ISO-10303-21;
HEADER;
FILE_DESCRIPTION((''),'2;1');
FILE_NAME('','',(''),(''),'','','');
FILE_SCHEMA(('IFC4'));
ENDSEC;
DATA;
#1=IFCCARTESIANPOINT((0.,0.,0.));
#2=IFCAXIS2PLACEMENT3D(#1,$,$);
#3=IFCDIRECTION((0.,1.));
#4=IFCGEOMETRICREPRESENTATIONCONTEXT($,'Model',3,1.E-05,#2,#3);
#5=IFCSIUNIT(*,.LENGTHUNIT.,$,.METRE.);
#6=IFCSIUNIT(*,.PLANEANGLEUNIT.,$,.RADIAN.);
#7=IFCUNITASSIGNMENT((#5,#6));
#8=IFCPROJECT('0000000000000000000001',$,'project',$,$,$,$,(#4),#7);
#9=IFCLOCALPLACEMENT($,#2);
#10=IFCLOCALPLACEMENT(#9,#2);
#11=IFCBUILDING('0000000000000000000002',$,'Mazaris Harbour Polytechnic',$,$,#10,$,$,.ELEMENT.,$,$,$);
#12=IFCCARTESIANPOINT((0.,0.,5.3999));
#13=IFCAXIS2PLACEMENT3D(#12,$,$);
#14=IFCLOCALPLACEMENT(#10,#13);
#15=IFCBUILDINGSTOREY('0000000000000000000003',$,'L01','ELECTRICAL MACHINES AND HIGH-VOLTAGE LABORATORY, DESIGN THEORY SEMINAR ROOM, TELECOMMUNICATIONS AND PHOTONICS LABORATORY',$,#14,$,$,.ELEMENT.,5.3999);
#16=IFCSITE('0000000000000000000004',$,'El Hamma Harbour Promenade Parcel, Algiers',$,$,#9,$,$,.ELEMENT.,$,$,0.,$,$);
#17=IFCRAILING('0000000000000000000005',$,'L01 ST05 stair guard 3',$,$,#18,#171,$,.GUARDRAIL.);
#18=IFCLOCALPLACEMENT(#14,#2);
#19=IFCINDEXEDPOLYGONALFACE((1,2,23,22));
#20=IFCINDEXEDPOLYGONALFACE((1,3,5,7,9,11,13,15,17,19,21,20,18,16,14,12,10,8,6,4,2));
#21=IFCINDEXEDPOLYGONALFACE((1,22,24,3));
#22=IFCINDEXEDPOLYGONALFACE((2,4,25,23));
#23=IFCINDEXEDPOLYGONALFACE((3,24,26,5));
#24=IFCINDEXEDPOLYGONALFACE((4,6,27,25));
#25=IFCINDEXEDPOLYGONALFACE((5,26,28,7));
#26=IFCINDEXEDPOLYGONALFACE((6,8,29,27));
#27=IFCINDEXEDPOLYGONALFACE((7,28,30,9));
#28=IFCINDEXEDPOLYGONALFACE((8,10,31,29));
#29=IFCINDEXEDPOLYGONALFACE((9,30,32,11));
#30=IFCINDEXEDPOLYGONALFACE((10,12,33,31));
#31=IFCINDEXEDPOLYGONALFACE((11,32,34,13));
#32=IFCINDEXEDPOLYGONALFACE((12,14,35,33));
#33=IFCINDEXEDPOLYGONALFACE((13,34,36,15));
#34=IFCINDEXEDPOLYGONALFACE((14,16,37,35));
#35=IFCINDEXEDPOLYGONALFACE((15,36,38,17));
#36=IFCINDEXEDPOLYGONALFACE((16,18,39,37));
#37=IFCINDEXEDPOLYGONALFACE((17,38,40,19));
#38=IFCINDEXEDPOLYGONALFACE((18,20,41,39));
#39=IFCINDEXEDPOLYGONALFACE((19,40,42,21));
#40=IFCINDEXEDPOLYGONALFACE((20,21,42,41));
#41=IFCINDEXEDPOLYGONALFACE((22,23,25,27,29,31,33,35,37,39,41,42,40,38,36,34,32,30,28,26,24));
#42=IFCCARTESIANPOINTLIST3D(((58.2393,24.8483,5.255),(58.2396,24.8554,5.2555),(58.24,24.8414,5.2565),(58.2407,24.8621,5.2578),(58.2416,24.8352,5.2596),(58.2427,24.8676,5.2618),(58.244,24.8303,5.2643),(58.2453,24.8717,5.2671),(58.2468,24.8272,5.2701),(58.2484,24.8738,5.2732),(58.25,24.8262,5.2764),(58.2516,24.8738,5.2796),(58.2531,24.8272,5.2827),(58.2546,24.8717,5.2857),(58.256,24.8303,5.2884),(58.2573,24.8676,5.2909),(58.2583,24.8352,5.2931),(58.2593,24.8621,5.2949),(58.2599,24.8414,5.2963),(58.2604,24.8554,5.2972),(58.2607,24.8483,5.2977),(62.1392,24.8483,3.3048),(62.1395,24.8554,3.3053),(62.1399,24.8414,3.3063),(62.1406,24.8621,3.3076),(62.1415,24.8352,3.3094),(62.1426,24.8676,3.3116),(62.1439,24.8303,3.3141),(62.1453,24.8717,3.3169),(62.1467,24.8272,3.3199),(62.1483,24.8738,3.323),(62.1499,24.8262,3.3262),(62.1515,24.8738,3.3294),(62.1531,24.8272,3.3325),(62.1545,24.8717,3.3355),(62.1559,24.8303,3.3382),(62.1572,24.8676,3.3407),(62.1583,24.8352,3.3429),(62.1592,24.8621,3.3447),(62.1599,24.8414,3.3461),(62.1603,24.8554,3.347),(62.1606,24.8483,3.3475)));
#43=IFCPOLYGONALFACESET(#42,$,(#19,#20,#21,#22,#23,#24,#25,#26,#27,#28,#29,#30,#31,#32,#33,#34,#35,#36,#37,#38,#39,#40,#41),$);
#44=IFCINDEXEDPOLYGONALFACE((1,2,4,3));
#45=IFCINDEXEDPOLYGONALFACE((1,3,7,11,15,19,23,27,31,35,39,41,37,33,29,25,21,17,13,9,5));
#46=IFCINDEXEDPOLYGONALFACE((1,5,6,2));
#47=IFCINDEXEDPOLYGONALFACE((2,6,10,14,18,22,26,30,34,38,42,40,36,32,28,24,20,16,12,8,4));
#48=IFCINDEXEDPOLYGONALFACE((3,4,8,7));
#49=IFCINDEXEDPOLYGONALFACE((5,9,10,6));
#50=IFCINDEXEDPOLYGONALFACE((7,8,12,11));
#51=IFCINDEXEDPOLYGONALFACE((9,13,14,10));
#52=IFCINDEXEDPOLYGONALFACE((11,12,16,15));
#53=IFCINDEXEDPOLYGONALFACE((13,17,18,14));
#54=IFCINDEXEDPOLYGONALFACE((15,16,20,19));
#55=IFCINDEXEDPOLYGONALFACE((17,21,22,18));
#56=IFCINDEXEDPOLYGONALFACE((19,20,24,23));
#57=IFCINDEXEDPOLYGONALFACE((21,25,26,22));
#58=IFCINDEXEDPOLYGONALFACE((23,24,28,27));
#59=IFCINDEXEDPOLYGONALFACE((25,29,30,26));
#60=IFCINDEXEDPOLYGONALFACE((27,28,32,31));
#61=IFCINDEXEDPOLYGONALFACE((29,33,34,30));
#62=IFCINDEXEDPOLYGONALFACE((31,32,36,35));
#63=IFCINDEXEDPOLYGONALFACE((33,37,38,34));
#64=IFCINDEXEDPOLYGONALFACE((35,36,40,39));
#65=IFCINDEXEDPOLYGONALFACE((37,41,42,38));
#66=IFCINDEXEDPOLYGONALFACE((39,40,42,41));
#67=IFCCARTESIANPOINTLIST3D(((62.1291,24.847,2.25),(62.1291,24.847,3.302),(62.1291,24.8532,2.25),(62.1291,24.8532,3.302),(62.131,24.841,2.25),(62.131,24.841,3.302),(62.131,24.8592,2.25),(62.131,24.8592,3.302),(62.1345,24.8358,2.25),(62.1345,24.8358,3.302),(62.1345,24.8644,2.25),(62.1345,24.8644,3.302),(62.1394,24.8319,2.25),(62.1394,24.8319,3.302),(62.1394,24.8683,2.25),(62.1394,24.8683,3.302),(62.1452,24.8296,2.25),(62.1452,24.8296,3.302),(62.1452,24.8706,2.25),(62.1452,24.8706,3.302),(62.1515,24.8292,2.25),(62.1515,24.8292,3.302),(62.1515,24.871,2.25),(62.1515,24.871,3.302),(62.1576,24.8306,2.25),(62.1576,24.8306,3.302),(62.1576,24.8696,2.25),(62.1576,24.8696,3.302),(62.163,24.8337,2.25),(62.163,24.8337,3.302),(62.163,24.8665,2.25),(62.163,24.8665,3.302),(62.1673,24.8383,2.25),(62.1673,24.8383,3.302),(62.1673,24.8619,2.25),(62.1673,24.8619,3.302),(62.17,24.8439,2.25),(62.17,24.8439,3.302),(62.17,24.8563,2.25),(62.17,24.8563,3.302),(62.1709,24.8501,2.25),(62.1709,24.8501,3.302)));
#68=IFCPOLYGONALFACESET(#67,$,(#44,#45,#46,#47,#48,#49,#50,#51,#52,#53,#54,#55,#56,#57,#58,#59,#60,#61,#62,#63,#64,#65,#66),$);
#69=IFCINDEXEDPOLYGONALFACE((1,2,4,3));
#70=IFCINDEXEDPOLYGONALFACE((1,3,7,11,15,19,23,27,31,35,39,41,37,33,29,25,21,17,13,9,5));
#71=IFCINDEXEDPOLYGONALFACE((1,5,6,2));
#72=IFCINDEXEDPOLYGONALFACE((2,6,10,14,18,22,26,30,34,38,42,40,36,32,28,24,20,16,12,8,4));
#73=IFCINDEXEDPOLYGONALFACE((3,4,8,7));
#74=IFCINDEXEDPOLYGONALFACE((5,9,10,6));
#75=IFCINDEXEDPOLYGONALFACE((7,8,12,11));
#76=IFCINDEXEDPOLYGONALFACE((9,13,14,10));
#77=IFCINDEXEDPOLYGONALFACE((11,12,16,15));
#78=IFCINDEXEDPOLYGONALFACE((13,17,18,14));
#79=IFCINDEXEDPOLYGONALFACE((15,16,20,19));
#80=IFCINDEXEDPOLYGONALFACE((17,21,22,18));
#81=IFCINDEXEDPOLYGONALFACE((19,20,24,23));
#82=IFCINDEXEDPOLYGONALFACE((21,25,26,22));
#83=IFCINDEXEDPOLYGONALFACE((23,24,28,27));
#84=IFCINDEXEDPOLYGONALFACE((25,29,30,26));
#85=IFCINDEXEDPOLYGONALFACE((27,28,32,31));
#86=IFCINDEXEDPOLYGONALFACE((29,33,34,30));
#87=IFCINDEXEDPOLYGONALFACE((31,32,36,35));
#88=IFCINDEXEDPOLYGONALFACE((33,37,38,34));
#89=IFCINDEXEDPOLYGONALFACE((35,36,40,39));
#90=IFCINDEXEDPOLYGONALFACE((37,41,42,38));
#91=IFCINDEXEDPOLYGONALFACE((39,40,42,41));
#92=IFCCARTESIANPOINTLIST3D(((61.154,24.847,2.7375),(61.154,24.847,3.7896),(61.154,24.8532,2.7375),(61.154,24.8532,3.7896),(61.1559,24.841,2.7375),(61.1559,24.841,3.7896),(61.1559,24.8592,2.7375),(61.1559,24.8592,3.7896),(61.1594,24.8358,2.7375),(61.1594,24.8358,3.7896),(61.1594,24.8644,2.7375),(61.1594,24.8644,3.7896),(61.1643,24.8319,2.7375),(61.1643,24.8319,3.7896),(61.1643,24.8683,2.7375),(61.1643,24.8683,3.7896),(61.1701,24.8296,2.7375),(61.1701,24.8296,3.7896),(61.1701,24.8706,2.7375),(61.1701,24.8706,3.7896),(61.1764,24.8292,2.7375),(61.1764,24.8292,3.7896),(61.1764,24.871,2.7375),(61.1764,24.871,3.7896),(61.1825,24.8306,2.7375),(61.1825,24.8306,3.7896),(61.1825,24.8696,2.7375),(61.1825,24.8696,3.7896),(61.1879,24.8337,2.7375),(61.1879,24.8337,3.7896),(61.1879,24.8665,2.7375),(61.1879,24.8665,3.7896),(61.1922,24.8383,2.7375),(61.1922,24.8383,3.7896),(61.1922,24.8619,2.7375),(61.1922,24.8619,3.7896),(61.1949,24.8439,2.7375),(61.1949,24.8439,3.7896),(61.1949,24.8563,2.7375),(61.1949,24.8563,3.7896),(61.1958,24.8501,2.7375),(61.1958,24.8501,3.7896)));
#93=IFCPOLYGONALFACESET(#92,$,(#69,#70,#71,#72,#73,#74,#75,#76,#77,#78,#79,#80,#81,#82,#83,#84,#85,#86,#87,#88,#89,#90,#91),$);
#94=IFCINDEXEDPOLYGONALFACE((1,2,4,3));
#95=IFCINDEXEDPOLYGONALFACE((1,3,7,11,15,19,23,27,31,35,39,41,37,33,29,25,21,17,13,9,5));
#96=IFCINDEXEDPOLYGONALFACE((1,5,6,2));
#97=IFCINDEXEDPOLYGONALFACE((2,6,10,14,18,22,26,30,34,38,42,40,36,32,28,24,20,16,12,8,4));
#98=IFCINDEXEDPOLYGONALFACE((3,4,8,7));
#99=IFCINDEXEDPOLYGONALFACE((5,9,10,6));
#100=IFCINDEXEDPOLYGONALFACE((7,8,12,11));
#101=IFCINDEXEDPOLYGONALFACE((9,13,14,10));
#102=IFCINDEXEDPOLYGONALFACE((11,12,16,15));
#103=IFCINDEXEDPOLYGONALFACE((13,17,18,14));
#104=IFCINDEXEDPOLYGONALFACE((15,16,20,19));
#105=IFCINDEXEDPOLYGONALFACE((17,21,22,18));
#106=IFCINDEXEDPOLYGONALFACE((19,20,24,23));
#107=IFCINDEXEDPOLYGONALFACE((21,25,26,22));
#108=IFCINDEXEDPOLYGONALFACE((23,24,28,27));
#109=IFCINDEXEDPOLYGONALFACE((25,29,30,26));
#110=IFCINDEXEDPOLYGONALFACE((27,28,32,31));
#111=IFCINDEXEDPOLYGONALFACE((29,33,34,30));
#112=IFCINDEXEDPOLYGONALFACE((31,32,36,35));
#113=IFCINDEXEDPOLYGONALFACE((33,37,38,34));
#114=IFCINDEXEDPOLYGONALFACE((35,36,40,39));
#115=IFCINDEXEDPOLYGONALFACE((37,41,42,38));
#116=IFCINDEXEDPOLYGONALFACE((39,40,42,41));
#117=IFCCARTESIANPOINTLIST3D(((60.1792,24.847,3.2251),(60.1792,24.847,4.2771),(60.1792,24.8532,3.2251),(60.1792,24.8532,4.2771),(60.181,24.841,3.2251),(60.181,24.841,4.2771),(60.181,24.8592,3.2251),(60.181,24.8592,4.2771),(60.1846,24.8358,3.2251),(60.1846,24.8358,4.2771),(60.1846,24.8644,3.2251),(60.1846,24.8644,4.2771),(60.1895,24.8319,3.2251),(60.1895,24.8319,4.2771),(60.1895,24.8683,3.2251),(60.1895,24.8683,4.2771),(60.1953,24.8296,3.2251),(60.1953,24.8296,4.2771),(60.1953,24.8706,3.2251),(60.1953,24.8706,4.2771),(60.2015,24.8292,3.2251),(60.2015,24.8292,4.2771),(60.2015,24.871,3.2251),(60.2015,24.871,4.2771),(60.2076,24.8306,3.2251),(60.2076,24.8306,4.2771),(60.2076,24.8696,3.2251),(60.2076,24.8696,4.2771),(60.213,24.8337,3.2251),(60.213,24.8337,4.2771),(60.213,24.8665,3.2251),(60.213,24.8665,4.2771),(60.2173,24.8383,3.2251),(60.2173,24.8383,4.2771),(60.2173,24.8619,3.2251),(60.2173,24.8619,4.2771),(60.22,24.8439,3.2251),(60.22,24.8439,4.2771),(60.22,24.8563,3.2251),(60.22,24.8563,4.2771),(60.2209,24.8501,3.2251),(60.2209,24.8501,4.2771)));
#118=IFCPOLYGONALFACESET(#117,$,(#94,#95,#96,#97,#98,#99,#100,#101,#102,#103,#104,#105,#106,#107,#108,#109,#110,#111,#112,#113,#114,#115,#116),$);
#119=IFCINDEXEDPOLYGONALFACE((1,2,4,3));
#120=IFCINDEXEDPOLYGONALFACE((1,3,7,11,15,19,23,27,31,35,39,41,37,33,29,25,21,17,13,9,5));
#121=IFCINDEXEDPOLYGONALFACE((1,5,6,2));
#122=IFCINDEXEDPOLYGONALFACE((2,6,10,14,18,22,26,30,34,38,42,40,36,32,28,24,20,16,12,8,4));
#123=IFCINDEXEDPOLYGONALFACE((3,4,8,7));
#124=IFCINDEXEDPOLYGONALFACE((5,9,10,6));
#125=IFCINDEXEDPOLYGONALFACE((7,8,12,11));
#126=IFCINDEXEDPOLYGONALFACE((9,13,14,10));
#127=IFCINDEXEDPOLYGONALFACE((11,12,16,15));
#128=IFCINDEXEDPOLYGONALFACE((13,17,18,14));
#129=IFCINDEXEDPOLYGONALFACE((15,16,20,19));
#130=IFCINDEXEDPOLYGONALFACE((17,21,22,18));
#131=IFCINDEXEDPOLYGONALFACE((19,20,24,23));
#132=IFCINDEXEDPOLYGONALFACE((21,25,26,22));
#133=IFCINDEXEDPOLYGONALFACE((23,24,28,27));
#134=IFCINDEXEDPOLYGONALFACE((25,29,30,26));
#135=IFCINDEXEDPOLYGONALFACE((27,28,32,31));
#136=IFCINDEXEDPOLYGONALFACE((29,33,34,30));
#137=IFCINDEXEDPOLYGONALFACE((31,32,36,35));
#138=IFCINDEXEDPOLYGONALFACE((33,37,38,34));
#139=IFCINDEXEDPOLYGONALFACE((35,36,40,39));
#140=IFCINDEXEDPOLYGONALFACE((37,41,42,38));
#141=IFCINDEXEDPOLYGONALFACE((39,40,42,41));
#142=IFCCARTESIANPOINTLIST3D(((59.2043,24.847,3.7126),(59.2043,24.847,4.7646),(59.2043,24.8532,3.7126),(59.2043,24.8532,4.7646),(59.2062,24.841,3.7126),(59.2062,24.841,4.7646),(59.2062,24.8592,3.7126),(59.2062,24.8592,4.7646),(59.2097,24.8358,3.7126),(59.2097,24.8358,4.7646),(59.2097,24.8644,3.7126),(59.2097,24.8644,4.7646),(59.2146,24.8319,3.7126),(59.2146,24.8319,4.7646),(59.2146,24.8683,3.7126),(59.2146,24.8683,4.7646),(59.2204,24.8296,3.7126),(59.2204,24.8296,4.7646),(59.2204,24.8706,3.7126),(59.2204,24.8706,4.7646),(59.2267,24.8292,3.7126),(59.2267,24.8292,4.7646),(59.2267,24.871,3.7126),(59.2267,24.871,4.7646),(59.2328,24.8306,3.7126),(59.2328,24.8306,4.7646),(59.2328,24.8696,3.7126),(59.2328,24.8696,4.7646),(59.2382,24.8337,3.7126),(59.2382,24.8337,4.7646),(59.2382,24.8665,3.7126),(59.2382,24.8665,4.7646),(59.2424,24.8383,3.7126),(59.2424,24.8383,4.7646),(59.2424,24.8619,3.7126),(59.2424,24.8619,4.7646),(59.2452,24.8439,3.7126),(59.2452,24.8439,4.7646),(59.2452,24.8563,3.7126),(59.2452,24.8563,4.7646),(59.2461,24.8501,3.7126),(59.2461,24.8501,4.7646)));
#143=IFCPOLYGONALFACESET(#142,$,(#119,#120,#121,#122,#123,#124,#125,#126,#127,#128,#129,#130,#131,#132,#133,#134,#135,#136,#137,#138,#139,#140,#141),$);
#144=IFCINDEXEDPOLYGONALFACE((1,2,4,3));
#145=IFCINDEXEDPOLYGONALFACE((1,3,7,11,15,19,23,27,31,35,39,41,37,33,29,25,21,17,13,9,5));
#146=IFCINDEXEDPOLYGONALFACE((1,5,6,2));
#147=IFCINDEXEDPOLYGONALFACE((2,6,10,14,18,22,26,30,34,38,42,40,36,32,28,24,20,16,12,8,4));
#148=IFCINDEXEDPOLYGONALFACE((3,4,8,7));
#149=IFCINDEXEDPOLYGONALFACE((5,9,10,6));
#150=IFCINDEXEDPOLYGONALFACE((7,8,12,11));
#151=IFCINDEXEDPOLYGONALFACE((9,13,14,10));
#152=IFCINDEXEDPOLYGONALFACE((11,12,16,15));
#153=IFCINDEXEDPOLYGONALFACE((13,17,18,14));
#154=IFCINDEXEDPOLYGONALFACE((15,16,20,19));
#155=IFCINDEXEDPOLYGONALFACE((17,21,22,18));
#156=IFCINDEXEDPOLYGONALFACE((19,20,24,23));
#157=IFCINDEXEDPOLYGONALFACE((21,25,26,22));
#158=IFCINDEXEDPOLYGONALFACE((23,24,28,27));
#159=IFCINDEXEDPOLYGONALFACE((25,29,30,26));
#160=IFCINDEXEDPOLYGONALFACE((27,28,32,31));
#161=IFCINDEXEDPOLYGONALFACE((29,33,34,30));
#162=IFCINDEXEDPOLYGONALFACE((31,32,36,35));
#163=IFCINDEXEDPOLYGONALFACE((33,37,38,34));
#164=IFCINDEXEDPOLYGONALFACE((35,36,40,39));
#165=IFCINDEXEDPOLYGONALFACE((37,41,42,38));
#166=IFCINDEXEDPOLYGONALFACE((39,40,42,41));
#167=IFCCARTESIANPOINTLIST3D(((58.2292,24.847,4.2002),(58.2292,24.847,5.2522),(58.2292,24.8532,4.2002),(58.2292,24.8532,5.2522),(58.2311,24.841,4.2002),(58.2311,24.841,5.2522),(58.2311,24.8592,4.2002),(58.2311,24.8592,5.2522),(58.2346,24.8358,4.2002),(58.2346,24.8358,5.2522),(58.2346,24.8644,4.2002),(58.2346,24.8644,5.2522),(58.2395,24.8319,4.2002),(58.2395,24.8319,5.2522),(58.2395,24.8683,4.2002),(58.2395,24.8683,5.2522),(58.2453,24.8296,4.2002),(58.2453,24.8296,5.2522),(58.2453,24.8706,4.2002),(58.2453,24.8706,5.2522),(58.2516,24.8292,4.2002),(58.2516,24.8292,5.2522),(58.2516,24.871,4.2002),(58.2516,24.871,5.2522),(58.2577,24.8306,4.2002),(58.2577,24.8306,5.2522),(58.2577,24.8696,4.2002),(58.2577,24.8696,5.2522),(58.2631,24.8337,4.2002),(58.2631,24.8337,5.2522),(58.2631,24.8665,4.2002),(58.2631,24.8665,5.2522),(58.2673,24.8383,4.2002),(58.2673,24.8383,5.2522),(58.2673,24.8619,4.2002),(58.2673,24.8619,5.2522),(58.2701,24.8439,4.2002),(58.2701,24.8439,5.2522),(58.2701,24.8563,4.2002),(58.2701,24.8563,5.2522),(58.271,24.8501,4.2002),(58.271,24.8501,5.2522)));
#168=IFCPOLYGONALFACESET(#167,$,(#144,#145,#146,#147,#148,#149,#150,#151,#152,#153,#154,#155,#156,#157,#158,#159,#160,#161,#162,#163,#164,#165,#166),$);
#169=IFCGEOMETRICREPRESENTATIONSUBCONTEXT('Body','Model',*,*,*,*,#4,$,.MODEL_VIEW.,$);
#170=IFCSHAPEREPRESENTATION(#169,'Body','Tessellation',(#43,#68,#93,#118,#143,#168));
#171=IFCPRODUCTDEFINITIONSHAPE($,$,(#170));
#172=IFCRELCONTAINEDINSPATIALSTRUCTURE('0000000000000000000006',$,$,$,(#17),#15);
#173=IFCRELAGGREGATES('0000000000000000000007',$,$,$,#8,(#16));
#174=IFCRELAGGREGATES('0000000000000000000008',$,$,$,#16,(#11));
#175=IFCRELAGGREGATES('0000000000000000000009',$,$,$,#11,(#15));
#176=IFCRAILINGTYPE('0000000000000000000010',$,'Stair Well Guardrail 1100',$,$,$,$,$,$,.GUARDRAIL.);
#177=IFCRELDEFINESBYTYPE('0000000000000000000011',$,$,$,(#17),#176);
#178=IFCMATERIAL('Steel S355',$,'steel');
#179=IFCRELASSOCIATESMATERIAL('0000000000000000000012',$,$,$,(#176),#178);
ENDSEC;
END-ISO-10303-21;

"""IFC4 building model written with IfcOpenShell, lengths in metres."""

from ifc_helpers import new_model, si_unit, direction, frame, origin, origin_2d, place, context, subcontext, project, spatial, circle, extrude, material, type_object, element, save


model = new_model("IFC4")

# Units and contexts
model_context = context("Model", 3, precision=1e-05, world=origin(), true_north=direction((0.0, 1.0)))
body_context = subcontext(model_context, "Body", "Model", "MODEL_VIEW")
ifc_project = project(units=[si_unit("LENGTHUNIT", "METRE"), si_unit("PLANEANGLEUNIT", "RADIAN")], contexts=[model_context])

# Site, building, storey
site_placement = place(None, origin())
site = spatial("IfcSite", under=ifc_project, at=site_placement, Name="El Hamma Harbour Promenade Parcel, Algiers", CompositionType="ELEMENT", RefElevation=0.0)
building_placement = place(site_placement, origin())
building = spatial("IfcBuilding", under=site, at=building_placement, Name="Mazaris Harbour Polytechnic", CompositionType="ELEMENT")
storey_placement = place(building_placement, frame((0.0, 0.0, 5.3999)))
storey = spatial("IfcBuildingStorey", under=building, at=storey_placement, Name="L01", Description="ELECTRICAL MACHINES AND HIGH-VOLTAGE LABORATORY, DESIGN THEORY SEMINAR ROOM, TELECOMMUNICATIONS AND PHOTONICS LABORATORY", CompositionType="ELEMENT", Elevation=5.3999)

# Railing
ifc_material_1 = material(Name="Steel S355", Category="steel")
railing_type_1 = type_object("IfcRailingType", Name="Stair Well Guardrail 1100", PredefinedType="GUARDRAIL", material=ifc_material_1)
railing_1_placement = place(storey_placement, frame((62.1499, 24.8501, 2.25)))
element("IfcRailing", 1, at=railing_1_placement, inside=storey, type_object=railing_type_1, Name="L01 ST05 stair guard 3", PredefinedType="GUARDRAIL", context=body_context, shape_type="SweptSolid", body=[
    extrude(circle(Radius=0.0239, at=origin_2d()), frame((0.0, 0.0, 1.0762), z_axis=(-0.894405, 0.0, 0.447258), x_axis=(0.0, -1.0, 0.0)), (0.0, 0.0, 1.0), 4.3604),
    extrude(circle(Radius=0.021, at=origin_2d()), origin(), (0.0, 0.0, 1.0), 1.052),
    extrude(circle(Radius=0.021, at=origin_2d()), frame((-0.9751, 0.0, 0.4875)), (0.0, 0.0, 1.0), 1.052),
    extrude(circle(Radius=0.021, at=origin_2d()), frame((-1.95, 0.0, 0.9751)), (0.0, 0.0, 1.0), 1.052),
    extrude(circle(Radius=0.021, at=origin_2d()), frame((-2.9248, 0.0, 1.4626)), (0.0, 0.0, 1.0), 1.052),
    extrude(circle(Radius=0.021, at=origin_2d()), frame((-3.8999, 0.0, 1.9502)), (0.0, 0.0, 1.0), 1.052),
])

save(model, "model.ifc")
